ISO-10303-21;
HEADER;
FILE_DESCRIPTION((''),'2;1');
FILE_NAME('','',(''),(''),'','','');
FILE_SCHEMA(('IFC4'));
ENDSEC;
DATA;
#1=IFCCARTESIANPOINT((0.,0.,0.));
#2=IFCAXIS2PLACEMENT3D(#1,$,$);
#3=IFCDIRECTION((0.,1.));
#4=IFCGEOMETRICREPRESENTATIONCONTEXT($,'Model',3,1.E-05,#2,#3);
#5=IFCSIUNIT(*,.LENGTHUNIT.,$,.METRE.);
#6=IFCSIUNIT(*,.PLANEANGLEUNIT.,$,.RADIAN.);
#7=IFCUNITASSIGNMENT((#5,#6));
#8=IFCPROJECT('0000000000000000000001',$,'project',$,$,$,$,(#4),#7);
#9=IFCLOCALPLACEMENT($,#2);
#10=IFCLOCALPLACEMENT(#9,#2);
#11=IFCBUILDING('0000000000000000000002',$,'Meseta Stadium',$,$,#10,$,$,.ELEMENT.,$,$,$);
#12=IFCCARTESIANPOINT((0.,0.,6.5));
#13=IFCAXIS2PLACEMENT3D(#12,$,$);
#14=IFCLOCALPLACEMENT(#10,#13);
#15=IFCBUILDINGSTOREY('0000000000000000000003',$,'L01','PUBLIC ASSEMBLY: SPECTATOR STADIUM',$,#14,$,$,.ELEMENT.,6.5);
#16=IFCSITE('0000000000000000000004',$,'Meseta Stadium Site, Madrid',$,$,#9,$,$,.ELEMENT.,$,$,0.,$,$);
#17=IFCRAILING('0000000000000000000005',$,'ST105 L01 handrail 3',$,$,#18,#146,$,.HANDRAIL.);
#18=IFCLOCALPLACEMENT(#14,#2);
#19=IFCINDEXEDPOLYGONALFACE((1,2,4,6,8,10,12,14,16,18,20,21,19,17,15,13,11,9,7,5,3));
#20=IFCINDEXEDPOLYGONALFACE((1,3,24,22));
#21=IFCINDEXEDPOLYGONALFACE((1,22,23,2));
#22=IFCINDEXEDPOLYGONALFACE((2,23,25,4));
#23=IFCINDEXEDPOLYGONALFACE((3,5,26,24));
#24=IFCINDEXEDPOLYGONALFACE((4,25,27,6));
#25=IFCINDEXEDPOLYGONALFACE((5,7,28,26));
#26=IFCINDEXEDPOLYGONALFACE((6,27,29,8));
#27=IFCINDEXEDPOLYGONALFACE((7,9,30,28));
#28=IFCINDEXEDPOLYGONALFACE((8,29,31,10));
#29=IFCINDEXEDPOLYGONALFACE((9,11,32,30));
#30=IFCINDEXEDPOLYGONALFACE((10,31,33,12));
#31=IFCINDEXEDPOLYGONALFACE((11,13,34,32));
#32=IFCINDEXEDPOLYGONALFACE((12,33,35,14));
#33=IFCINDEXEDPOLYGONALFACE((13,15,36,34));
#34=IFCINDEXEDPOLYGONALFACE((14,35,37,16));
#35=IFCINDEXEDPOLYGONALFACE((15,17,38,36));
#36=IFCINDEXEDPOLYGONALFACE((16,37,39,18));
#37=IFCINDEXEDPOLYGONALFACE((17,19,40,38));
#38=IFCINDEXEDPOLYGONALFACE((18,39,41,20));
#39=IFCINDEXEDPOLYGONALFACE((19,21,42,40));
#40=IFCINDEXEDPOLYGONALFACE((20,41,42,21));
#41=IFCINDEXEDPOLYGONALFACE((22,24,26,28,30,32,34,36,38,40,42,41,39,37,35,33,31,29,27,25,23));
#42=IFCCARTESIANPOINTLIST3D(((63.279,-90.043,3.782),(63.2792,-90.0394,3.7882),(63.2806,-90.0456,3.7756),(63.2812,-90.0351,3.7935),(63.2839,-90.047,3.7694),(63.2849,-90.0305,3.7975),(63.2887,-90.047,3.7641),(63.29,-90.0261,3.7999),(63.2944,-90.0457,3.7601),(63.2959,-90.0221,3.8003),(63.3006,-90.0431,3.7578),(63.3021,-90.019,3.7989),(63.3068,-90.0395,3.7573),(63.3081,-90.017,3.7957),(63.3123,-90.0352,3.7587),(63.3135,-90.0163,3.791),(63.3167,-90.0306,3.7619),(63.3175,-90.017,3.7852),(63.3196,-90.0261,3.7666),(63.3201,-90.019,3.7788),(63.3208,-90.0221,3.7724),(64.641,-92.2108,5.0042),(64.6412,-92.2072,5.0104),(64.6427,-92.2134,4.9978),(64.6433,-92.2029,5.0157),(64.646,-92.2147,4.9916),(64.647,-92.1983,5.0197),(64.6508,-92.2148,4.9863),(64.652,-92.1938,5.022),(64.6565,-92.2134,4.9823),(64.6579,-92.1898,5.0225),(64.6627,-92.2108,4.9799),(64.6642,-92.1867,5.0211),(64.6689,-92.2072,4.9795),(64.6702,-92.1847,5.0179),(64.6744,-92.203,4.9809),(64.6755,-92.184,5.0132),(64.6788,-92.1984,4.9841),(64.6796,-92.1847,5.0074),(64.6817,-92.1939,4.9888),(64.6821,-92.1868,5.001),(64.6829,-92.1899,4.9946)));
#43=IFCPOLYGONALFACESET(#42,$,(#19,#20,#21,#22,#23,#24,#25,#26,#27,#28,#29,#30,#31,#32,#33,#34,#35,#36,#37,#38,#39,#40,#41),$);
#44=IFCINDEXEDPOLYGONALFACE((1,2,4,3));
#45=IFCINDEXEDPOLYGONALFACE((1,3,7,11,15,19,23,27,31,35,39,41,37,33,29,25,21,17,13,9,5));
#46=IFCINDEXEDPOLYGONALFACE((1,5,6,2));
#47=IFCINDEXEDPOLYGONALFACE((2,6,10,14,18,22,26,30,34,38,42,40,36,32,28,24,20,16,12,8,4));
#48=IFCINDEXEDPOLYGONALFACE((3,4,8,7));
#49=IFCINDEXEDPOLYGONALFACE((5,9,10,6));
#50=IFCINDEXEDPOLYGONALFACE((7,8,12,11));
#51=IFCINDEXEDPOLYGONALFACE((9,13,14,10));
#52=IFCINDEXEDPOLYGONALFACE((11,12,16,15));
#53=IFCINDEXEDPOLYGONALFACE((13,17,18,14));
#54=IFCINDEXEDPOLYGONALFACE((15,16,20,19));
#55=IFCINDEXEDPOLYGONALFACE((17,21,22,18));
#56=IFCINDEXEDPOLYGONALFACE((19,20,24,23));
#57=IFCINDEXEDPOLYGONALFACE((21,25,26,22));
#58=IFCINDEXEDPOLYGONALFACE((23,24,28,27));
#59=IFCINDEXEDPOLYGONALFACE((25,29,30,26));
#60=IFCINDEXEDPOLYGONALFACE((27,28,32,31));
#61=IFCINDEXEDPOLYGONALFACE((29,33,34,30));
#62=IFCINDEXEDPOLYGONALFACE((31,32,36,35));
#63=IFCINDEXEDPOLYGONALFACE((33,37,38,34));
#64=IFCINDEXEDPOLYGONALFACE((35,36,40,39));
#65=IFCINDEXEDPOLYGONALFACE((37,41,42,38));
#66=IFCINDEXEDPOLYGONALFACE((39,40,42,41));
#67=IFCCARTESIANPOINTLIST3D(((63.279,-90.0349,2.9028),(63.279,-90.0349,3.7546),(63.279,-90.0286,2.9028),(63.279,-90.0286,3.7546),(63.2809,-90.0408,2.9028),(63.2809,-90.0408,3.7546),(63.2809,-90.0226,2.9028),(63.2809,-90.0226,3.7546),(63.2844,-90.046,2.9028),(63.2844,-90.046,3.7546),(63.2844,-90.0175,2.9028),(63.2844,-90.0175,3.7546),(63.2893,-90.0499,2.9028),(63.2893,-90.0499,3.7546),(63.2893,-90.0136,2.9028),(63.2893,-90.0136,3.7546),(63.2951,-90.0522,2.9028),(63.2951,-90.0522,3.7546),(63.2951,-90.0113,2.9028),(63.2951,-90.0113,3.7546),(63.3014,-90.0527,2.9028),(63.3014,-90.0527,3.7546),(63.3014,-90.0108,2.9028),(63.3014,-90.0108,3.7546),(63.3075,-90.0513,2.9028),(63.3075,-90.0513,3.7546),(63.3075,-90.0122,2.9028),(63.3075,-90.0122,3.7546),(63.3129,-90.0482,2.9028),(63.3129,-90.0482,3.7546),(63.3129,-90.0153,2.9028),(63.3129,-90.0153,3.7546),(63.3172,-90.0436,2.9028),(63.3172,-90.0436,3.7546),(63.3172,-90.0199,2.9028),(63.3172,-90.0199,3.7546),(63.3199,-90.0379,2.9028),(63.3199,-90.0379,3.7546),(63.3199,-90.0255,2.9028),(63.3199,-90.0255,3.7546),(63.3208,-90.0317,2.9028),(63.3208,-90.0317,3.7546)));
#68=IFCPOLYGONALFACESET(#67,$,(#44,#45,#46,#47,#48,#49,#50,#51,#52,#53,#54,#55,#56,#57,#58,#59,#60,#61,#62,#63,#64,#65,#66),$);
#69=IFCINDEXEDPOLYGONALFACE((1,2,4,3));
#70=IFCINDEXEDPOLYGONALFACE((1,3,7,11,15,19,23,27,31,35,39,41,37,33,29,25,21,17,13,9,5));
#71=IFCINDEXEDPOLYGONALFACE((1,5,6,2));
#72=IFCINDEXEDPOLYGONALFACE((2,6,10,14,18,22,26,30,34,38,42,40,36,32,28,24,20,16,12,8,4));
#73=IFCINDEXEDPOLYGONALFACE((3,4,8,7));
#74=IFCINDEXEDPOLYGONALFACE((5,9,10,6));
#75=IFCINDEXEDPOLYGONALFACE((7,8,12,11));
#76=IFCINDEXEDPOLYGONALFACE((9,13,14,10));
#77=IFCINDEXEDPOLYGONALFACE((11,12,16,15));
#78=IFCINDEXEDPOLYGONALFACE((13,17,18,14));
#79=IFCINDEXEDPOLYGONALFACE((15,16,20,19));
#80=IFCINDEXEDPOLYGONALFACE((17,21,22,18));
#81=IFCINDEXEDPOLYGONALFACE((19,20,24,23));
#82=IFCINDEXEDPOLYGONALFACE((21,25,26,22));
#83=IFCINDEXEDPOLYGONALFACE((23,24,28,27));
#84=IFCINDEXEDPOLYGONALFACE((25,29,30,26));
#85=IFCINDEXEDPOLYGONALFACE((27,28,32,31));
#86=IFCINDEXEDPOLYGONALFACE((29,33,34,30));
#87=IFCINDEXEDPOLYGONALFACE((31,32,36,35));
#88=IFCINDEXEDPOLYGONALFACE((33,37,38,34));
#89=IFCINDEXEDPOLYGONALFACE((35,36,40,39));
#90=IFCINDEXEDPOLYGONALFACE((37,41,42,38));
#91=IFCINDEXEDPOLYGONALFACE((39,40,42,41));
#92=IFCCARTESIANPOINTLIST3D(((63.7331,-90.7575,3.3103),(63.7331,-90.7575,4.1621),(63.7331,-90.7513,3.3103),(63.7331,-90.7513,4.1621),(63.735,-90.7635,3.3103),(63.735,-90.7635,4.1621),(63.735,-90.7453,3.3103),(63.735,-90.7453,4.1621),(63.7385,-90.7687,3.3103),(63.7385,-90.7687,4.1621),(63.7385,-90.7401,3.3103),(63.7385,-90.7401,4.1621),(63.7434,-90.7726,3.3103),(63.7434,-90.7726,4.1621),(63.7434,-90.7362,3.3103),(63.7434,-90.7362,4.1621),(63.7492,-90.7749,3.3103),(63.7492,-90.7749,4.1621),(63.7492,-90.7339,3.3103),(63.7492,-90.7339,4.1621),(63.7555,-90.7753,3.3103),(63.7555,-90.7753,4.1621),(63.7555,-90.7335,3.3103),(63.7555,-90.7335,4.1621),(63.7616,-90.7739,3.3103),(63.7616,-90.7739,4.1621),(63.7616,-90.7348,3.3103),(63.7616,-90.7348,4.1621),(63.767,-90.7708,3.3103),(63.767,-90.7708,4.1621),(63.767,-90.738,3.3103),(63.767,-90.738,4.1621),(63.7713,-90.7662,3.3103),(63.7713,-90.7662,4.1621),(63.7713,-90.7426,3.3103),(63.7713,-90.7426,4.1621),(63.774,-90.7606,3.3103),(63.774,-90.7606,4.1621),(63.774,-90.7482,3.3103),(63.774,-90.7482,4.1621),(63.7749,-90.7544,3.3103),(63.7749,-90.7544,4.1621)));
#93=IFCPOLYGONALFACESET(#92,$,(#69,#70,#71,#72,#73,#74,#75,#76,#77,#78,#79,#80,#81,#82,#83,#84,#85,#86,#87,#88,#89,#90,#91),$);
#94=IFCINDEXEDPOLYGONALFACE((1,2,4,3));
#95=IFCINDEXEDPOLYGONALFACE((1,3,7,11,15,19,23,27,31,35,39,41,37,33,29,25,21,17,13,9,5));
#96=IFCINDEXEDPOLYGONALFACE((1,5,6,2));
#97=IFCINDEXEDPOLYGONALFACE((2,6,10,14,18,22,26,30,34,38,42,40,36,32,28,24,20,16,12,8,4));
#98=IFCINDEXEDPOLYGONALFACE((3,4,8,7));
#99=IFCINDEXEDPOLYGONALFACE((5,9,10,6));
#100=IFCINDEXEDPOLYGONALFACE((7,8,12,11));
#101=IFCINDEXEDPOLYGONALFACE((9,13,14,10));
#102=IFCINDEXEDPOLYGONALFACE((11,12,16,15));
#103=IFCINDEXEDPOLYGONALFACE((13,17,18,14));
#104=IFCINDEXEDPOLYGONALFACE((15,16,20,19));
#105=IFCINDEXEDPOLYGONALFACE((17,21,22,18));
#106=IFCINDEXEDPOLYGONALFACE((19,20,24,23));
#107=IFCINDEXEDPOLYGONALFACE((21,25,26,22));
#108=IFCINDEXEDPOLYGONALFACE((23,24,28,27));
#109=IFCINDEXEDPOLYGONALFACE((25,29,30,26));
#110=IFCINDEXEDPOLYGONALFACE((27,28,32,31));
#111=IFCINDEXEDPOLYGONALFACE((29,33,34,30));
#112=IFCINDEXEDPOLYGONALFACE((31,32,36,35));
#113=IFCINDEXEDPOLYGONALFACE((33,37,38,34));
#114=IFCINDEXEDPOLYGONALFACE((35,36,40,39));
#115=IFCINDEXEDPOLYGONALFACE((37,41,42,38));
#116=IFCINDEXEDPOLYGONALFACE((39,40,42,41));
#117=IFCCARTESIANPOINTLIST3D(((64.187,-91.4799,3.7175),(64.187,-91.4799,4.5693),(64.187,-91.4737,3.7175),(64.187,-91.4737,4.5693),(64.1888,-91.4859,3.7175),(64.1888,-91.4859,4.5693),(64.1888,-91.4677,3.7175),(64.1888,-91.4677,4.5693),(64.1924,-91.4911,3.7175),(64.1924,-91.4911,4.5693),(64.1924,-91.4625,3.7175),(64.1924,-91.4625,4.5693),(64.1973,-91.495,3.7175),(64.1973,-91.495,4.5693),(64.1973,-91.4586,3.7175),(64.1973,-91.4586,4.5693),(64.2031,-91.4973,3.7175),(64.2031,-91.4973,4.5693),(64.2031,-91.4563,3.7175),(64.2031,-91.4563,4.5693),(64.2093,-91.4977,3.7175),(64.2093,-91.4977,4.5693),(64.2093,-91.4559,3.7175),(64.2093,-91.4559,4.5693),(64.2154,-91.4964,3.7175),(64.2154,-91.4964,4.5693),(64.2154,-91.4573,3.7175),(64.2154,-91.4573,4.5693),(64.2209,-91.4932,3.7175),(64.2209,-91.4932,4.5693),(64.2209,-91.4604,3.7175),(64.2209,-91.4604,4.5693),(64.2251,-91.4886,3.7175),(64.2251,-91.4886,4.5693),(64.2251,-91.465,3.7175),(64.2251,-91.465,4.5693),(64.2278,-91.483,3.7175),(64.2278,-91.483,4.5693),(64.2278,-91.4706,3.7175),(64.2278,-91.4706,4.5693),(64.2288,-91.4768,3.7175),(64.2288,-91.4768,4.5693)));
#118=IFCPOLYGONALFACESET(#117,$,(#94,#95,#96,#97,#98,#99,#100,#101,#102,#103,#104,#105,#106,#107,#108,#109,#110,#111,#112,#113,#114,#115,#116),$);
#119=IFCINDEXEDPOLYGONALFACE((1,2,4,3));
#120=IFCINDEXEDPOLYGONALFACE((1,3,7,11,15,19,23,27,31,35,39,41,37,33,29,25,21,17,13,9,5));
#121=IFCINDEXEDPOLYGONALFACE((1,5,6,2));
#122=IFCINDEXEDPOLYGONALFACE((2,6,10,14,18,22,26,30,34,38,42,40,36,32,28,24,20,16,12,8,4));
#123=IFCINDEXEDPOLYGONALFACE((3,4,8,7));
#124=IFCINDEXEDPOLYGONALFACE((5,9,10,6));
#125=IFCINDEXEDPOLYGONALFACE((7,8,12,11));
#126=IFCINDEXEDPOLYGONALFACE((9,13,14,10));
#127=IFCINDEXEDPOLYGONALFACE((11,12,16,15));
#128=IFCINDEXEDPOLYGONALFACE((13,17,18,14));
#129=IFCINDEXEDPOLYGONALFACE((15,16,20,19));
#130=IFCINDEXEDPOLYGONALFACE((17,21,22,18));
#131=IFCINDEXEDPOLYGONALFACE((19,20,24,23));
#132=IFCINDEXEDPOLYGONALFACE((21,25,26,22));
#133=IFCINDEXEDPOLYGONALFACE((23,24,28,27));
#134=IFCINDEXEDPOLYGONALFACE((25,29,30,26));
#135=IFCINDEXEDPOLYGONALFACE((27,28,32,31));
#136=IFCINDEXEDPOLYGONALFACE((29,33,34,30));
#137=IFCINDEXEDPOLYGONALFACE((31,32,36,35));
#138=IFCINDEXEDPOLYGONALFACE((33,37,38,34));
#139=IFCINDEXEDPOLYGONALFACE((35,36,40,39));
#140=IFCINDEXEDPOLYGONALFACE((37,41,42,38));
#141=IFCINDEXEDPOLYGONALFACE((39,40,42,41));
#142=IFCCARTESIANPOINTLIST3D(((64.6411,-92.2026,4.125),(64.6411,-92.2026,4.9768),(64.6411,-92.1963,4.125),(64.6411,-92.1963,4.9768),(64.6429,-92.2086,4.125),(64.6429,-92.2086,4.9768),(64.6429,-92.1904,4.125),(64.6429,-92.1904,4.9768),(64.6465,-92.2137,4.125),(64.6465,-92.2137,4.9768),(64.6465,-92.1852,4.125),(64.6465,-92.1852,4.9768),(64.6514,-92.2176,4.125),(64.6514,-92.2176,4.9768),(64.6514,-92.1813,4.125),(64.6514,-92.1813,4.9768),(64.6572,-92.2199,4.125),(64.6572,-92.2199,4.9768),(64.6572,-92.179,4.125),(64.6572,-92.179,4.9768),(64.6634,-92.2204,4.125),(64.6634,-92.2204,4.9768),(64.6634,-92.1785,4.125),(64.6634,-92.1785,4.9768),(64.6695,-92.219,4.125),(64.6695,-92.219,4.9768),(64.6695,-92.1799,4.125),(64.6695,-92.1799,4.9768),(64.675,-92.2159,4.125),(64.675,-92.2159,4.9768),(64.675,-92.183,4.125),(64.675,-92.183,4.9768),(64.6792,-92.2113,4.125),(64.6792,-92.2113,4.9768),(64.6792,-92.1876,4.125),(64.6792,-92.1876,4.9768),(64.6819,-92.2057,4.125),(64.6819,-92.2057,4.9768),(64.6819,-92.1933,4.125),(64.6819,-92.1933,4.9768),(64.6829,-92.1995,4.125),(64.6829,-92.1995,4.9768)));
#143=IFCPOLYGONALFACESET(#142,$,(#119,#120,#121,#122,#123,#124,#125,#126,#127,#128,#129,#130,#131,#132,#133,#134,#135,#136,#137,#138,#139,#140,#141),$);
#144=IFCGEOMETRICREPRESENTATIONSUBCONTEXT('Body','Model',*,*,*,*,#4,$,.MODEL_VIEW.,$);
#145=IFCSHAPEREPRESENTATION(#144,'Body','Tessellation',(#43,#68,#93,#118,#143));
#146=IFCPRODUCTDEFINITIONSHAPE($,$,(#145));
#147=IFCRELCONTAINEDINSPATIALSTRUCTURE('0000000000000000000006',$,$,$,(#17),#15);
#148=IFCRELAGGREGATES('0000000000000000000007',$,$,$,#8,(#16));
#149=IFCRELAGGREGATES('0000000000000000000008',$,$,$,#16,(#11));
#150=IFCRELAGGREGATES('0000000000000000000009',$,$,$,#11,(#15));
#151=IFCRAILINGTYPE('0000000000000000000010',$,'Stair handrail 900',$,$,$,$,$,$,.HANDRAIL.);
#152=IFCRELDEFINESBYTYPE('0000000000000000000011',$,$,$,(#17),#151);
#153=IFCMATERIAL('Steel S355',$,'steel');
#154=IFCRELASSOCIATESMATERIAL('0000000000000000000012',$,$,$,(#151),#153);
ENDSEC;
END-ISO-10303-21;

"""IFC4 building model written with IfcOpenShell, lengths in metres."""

from ifc_helpers import new_model, si_unit, direction, frame, origin, origin_2d, place, context, subcontext, project, spatial, circle, extrude, material, type_object, element, save


model = new_model("IFC4")

# Units and contexts
model_context = context("Model", 3, precision=1e-05, world=origin(), true_north=direction((0.0, 1.0)))
body_context = subcontext(model_context, "Body", "Model", "MODEL_VIEW")
ifc_project = project(units=[si_unit("LENGTHUNIT", "METRE"), si_unit("PLANEANGLEUNIT", "RADIAN")], contexts=[model_context])

# Site, building, storey
site_placement = place(None, origin())
site = spatial("IfcSite", under=ifc_project, at=site_placement, Name="Meseta Stadium Site, Madrid", CompositionType="ELEMENT", RefElevation=0.0)
building_placement = place(site_placement, origin())
building = spatial("IfcBuilding", under=site, at=building_placement, Name="Meseta Stadium", CompositionType="ELEMENT")
storey_placement = place(building_placement, frame((0.0, 0.0, 6.5)))
storey = spatial("IfcBuildingStorey", under=building, at=storey_placement, Name="L01", Description="PUBLIC ASSEMBLY: SPECTATOR STADIUM", CompositionType="ELEMENT", Elevation=6.5)

# Railing
ifc_material_1 = material(Name="Steel S355", Category="steel")
railing_type = type_object("IfcRailingType", Name="Stair handrail 900", PredefinedType="HANDRAIL", material=ifc_material_1)
for number, where, name in (
    (1, (63.2998, -90.0317, 2.9028), "ST105 L01 handrail 3"),
):
    element("IfcRailing", number, at=place(storey_placement, frame(where)), inside=storey, type_object=railing_type, Name=name, PredefinedType="HANDRAIL", context=body_context, shape_type="SweptSolid", body=[
        extrude(circle(Radius=0.0239, at=origin_2d()), frame((0.0, 0.0, 0.876), z_axis=(0.480125, -0.764121, 0.430813), x_axis=(0.846726, 0.532029, 0.0)), (0.0, 0.0, 1.0), 2.8369),
        extrude(circle(Radius=0.021, at=origin_2d()), origin(), (0.0, 0.0, 1.0), 0.8518),
        extrude(circle(Radius=0.021, at=origin_2d()), frame((0.4541, -0.7227, 0.4075)), (0.0, 0.0, 1.0), 0.8518),
        extrude(circle(Radius=0.021, at=origin_2d()), frame((0.908, -1.4451, 0.8147)), (0.0, 0.0, 1.0), 0.8518),
        extrude(circle(Radius=0.021, at=origin_2d()), frame((1.3621, -2.1677, 1.2222)), (0.0, 0.0, 1.0), 0.8518),
    ])

save(model, "model.ifc")
